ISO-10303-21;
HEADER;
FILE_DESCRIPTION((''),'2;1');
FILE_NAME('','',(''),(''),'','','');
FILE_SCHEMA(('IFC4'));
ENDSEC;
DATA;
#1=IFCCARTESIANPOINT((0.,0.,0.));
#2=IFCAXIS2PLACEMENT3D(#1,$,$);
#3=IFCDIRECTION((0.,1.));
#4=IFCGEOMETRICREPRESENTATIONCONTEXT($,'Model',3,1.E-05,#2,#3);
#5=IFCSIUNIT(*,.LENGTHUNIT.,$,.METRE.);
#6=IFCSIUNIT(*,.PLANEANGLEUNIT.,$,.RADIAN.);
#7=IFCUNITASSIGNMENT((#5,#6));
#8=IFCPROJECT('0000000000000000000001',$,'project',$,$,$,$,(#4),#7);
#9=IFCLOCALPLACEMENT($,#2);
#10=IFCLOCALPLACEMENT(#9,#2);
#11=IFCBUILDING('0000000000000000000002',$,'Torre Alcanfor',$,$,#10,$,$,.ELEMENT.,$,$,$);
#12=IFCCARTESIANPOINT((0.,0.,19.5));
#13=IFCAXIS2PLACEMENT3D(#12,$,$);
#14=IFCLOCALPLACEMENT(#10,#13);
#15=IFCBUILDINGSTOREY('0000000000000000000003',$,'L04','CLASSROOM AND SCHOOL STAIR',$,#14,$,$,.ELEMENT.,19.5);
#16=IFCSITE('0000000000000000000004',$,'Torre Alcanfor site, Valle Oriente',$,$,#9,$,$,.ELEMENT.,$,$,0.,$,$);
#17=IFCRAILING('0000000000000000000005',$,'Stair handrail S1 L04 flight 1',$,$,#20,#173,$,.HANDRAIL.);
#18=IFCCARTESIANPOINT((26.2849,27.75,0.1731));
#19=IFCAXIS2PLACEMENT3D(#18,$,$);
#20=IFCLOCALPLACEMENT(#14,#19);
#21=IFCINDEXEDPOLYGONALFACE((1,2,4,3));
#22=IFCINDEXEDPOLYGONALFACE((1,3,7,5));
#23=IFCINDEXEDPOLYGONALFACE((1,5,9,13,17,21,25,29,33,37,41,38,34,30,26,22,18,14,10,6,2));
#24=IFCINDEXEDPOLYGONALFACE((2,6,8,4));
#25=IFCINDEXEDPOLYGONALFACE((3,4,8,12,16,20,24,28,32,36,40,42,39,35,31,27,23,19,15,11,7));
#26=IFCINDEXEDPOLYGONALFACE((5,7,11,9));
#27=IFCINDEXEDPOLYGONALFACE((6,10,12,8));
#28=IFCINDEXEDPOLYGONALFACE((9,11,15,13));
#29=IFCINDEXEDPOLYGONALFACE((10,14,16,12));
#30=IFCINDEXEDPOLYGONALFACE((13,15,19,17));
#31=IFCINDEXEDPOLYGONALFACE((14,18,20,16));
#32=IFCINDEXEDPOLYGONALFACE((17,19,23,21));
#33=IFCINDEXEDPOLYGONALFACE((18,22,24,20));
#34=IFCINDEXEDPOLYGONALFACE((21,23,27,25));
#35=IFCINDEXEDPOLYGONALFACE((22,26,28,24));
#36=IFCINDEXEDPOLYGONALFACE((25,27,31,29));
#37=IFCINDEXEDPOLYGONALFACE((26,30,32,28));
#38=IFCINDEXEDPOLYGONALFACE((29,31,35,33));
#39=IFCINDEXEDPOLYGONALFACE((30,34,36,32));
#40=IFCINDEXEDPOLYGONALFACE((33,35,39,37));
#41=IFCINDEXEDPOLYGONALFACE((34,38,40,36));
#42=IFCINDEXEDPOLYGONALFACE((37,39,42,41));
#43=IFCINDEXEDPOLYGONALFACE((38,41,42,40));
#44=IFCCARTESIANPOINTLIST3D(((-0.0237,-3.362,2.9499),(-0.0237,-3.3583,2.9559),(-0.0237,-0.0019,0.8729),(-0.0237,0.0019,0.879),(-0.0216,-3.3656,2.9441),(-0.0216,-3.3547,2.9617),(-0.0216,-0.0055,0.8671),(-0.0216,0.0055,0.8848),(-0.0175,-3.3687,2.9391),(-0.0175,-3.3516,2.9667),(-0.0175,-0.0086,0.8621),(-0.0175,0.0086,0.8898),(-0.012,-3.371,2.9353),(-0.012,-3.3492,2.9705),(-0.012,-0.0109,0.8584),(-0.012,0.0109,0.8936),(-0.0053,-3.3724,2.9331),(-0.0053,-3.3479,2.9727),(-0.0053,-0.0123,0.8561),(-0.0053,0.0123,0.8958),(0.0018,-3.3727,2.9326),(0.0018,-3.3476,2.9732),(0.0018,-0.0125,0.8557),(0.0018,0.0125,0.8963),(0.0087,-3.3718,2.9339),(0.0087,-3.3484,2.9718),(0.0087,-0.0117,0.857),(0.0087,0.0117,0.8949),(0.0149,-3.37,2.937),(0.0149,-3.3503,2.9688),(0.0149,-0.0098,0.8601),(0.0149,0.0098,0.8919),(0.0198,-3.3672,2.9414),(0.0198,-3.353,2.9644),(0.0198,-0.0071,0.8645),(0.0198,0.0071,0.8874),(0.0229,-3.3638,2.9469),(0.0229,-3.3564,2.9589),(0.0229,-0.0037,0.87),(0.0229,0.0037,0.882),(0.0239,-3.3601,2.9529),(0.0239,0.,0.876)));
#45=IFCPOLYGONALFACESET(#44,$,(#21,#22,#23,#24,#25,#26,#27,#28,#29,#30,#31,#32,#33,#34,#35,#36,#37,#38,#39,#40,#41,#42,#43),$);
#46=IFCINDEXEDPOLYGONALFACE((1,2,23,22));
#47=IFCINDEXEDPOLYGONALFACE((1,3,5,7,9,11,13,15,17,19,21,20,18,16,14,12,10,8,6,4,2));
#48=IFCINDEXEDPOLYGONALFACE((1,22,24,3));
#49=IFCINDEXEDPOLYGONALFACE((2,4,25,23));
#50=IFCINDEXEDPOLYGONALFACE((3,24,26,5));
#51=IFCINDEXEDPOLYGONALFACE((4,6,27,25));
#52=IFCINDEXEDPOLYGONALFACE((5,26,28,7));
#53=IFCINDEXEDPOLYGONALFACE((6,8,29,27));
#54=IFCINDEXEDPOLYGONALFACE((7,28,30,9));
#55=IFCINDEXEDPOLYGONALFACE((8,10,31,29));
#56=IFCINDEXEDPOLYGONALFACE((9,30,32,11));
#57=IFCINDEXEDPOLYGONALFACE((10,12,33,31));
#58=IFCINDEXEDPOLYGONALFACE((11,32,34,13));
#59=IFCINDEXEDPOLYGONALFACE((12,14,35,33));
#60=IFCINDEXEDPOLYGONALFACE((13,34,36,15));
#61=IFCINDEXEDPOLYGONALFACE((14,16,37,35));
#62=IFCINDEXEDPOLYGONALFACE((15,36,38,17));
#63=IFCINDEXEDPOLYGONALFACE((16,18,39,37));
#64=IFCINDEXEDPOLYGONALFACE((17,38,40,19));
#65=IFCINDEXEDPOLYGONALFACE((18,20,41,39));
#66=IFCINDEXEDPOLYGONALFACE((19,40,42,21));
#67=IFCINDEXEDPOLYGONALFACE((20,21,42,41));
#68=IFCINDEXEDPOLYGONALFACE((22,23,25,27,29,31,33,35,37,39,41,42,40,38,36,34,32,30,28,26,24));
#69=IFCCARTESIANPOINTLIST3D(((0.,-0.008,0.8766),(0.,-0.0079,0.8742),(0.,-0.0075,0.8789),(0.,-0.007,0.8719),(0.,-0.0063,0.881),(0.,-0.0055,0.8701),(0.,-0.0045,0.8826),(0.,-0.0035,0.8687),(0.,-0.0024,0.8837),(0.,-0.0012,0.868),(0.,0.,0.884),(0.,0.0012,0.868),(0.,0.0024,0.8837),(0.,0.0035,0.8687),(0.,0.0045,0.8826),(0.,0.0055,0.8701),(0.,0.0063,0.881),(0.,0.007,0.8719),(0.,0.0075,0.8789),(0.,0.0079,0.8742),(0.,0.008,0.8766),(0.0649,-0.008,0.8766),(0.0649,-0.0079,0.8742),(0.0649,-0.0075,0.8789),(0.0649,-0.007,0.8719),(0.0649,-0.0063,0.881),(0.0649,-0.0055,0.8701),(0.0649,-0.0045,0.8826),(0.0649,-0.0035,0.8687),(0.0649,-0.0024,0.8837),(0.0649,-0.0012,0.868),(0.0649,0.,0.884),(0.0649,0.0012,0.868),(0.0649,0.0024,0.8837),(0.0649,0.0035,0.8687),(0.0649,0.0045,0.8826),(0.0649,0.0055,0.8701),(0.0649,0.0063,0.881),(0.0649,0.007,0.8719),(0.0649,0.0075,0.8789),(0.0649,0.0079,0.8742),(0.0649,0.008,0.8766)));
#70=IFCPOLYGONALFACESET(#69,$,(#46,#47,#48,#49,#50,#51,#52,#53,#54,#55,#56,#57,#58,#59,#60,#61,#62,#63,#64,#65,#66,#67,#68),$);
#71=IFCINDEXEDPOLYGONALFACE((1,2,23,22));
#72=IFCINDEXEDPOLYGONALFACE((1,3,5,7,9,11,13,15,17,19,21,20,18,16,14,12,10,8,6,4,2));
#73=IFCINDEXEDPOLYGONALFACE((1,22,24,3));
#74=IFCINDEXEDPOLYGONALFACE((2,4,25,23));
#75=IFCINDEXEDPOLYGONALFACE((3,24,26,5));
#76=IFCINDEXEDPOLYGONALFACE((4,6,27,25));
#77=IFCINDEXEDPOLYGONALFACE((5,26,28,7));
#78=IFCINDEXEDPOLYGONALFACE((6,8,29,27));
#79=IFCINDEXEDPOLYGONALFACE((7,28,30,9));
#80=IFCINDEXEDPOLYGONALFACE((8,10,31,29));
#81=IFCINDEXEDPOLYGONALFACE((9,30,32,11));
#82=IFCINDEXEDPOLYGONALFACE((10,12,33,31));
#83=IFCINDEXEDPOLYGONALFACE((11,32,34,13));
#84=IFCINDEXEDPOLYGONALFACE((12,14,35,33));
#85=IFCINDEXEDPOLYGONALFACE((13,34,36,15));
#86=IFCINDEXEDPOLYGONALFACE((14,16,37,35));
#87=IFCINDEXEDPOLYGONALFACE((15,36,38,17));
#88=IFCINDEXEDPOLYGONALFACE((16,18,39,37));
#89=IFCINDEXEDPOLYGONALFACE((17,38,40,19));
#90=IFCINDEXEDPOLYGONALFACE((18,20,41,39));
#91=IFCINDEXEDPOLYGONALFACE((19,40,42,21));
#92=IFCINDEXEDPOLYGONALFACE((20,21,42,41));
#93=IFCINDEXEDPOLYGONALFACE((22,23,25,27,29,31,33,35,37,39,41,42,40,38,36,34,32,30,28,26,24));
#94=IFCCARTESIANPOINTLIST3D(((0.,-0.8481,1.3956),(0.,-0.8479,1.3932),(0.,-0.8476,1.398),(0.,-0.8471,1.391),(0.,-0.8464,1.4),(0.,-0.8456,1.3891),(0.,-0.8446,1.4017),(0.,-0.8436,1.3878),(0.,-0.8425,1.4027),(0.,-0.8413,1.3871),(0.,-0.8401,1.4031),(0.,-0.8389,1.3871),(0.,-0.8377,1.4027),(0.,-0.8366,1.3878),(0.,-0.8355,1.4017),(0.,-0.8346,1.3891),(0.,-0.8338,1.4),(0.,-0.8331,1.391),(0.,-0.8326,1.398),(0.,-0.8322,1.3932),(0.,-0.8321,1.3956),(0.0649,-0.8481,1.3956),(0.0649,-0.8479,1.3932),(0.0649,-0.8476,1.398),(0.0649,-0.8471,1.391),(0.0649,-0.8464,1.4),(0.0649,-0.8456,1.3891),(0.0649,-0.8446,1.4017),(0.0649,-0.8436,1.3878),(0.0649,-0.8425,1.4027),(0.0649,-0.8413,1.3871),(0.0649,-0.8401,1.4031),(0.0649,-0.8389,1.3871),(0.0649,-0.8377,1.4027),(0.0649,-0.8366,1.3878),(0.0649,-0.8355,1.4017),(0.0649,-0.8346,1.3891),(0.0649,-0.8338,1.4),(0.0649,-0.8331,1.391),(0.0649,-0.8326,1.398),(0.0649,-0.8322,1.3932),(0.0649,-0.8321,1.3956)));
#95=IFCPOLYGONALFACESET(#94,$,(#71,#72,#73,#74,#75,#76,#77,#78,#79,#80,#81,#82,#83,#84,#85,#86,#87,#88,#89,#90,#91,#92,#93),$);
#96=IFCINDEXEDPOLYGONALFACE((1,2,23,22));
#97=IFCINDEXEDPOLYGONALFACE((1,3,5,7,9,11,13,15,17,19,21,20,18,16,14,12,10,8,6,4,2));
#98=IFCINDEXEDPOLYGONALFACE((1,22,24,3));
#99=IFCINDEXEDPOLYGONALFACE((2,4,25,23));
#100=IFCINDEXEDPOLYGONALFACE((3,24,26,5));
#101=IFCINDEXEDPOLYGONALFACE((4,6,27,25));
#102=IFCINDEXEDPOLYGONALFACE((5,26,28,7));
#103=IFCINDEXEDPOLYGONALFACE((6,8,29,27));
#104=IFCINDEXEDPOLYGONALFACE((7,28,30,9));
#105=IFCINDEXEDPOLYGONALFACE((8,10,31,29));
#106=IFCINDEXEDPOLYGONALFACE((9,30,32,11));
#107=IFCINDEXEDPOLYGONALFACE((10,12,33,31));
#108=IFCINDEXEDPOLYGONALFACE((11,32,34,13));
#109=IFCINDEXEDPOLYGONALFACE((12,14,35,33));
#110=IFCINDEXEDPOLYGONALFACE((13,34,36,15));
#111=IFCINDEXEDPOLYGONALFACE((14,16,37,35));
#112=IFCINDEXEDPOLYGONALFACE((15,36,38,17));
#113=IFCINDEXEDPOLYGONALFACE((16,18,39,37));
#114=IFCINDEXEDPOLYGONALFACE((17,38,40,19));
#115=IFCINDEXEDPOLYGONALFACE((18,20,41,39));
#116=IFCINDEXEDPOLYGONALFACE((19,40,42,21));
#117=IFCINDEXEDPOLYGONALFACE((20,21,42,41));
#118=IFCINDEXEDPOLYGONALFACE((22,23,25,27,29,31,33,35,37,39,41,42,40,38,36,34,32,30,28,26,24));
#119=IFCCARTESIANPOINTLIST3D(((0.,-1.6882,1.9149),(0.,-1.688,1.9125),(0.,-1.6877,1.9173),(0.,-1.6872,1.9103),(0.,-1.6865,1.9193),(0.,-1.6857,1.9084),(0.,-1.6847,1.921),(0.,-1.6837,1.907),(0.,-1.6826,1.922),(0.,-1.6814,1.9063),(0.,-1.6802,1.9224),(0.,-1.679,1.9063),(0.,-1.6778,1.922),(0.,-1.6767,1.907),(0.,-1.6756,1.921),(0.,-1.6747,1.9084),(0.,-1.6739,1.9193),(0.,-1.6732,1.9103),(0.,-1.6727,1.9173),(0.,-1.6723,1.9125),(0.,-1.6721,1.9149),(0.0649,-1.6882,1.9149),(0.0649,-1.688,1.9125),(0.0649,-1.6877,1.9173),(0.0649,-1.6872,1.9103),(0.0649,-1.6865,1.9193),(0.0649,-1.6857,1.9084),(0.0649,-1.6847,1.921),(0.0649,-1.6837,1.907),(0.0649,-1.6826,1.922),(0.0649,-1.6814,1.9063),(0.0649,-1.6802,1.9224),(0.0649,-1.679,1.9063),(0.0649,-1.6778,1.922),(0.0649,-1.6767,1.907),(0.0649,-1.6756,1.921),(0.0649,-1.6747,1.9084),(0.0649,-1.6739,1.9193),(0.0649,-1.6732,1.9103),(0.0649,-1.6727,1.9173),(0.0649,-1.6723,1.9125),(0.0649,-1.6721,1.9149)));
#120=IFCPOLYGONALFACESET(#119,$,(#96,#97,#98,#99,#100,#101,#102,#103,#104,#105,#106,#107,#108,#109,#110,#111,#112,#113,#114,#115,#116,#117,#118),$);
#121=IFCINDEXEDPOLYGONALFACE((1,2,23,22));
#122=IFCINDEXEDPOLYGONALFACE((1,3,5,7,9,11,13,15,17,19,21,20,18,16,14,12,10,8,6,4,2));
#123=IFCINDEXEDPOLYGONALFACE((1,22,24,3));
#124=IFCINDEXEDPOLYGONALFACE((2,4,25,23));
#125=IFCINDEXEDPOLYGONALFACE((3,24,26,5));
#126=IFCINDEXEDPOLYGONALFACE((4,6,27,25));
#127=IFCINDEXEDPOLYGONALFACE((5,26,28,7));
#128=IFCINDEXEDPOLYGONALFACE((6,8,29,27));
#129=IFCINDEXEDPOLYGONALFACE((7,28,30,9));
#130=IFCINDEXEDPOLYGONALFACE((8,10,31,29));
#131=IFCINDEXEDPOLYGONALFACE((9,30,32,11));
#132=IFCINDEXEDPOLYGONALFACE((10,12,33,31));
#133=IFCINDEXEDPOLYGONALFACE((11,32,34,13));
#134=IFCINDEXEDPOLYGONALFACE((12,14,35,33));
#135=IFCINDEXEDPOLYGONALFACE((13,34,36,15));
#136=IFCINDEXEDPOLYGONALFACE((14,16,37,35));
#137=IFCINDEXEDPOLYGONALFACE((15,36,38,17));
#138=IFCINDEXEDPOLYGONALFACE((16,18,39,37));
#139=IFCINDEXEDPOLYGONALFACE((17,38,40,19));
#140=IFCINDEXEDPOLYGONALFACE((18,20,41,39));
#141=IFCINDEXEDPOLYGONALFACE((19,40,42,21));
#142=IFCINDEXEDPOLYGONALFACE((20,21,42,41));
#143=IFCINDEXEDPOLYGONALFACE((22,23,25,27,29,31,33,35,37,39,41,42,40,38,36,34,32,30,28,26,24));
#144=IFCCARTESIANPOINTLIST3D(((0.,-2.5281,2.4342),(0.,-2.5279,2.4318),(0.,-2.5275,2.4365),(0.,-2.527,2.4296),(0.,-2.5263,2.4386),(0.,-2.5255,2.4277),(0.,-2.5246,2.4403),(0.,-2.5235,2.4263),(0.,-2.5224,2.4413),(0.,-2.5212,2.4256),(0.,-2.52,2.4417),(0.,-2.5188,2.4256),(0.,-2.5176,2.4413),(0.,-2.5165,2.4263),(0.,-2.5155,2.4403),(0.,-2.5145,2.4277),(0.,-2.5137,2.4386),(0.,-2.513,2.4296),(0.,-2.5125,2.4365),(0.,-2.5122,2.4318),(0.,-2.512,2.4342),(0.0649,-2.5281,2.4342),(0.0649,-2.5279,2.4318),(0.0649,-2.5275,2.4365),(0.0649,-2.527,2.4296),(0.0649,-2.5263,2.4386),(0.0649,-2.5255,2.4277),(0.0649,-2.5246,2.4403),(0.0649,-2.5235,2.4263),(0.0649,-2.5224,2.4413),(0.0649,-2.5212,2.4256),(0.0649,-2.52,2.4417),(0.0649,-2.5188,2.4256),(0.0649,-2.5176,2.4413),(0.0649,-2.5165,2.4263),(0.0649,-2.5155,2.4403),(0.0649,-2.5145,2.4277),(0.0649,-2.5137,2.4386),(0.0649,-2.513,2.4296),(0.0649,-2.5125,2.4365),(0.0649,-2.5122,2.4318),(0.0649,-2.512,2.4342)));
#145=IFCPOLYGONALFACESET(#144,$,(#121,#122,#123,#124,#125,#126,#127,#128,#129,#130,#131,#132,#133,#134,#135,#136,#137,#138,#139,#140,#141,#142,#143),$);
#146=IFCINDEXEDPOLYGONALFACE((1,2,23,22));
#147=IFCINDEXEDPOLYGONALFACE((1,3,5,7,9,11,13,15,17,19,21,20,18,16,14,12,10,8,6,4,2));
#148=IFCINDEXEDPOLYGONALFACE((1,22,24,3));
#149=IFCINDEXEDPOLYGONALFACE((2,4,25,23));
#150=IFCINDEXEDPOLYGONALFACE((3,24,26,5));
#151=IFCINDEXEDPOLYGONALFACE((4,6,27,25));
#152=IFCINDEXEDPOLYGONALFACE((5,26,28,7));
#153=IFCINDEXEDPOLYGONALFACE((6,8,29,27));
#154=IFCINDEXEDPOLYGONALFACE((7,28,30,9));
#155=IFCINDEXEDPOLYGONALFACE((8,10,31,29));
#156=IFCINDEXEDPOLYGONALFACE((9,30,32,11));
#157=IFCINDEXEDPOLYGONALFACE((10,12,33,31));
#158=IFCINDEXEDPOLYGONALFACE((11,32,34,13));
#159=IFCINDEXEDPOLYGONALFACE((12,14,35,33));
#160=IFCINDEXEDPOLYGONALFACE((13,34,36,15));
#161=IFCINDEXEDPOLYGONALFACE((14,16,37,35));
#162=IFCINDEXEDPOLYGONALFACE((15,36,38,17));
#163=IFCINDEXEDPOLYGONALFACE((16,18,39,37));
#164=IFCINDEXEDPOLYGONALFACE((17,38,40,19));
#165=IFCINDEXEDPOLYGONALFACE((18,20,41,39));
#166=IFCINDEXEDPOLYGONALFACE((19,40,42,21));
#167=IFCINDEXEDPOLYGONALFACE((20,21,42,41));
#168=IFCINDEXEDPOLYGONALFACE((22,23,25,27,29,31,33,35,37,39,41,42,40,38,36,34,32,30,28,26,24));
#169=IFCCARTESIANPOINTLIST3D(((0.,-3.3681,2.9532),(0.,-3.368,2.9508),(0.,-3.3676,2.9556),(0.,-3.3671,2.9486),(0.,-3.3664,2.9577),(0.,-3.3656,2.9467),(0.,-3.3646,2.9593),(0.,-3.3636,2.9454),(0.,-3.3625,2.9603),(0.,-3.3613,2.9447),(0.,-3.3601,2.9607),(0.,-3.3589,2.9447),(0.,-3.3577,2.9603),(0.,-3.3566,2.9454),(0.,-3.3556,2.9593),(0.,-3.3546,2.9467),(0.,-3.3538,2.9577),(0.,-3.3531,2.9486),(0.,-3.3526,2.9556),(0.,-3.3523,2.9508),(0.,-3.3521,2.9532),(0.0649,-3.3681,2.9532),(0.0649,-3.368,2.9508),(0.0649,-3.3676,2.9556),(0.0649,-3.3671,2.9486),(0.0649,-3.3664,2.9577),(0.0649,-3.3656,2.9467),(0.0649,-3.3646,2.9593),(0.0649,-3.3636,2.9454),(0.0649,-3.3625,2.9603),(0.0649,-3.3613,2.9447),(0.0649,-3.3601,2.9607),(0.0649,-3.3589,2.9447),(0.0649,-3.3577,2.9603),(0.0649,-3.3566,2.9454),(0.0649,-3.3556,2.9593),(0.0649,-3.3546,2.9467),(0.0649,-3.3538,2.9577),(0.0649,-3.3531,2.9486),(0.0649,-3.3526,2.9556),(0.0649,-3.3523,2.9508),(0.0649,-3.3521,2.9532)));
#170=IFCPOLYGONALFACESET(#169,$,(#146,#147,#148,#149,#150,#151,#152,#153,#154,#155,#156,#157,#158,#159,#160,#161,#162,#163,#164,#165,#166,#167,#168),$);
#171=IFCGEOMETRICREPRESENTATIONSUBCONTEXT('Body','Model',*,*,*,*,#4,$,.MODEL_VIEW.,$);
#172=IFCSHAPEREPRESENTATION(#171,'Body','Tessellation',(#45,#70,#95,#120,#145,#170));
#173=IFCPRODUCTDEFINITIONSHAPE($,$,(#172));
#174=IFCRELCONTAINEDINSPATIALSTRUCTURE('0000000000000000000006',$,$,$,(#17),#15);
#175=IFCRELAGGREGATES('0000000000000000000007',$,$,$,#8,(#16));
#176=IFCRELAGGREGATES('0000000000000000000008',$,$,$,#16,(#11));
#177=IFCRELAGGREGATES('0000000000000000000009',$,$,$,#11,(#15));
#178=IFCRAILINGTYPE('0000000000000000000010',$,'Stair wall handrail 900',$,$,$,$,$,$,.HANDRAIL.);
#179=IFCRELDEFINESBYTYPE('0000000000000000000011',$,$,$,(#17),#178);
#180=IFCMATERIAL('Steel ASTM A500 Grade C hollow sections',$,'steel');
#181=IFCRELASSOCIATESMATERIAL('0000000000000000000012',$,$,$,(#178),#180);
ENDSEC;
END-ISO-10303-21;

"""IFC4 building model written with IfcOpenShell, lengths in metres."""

from ifc_helpers import new_model, si_unit, direction, frame, origin, origin_2d, place, context, subcontext, project, spatial, circle, extrude, material, type_object, element, save


model = new_model("IFC4")

# Units and contexts
model_context = context("Model", 3, precision=1e-05, world=origin(), true_north=direction((0.0, 1.0)))
body_context = subcontext(model_context, "Body", "Model", "MODEL_VIEW")
ifc_project = project(units=[si_unit("LENGTHUNIT", "METRE"), si_unit("PLANEANGLEUNIT", "RADIAN")], contexts=[model_context])

# Site, building, storey
site_placement = place(None, origin())
site = spatial("IfcSite", under=ifc_project, at=site_placement, Name="Torre Alcanfor site, Valle Oriente", CompositionType="ELEMENT", RefElevation=0.0)
building_placement = place(site_placement, origin())
building = spatial("IfcBuilding", under=site, at=building_placement, Name="Torre Alcanfor", CompositionType="ELEMENT")
storey_placement = place(building_placement, frame((0.0, 0.0, 19.5)))
storey = spatial("IfcBuildingStorey", under=building, at=storey_placement, Name="L04", Description="CLASSROOM AND SCHOOL STAIR", CompositionType="ELEMENT", Elevation=19.5)

# Railing
ifc_material_1 = material(Name="Steel ASTM A500 Grade C hollow sections", Category="steel")
railing_type_1 = type_object("IfcRailingType", Name="Stair wall handrail 900", PredefinedType="HANDRAIL", material=ifc_material_1)
railing_1_placement = place(storey_placement, frame((26.2849, 27.75, 0.1731)))
element("IfcRailing", 1, at=railing_1_placement, inside=storey, type_object=railing_type_1, Name="Stair handrail S1 L04 flight 1", PredefinedType="HANDRAIL", context=body_context, shape_type="SweptSolid", body=[
    extrude(circle(Radius=0.0239, at=origin_2d()), frame((0.0, 0.0, 0.876), z_axis=(0.0, -0.850623, 0.525776), x_axis=(1.0, 0.0, 0.0)), (0.0, 0.0, 1.0), 3.9502),
    extrude(circle(Radius=0.0081, at=origin_2d()), frame((0.0, 0.0, 0.876), z_axis=(1.0, 0.0, 0.0), x_axis=(0.0, 0.0, 1.0)), (0.0, 0.0, 1.0), 0.0649),
    extrude(circle(Radius=0.0081, at=origin_2d()), frame((0.0, -0.8401, 1.395), z_axis=(1.0, 0.0, 0.0), x_axis=(0.0, 0.0, 1.0)), (0.0, 0.0, 1.0), 0.0649),
    extrude(circle(Radius=0.0081, at=origin_2d()), frame((0.0, -1.6802, 1.9143), z_axis=(1.0, 0.0, 0.0), x_axis=(0.0, 0.0, 1.0)), (0.0, 0.0, 1.0), 0.0649),
    extrude(circle(Radius=0.0081, at=origin_2d()), frame((0.0, -2.52, 2.4336), z_axis=(1.0, 0.0, 0.0), x_axis=(0.0, 0.0, 1.0)), (0.0, 0.0, 1.0), 0.0649),
    extrude(circle(Radius=0.0081, at=origin_2d()), frame((0.0, -3.3601, 2.9526), z_axis=(1.0, 0.0, 0.0), x_axis=(0.0, 0.0, 1.0)), (0.0, 0.0, 1.0), 0.0649),
])

save(model, "model.ifc")
